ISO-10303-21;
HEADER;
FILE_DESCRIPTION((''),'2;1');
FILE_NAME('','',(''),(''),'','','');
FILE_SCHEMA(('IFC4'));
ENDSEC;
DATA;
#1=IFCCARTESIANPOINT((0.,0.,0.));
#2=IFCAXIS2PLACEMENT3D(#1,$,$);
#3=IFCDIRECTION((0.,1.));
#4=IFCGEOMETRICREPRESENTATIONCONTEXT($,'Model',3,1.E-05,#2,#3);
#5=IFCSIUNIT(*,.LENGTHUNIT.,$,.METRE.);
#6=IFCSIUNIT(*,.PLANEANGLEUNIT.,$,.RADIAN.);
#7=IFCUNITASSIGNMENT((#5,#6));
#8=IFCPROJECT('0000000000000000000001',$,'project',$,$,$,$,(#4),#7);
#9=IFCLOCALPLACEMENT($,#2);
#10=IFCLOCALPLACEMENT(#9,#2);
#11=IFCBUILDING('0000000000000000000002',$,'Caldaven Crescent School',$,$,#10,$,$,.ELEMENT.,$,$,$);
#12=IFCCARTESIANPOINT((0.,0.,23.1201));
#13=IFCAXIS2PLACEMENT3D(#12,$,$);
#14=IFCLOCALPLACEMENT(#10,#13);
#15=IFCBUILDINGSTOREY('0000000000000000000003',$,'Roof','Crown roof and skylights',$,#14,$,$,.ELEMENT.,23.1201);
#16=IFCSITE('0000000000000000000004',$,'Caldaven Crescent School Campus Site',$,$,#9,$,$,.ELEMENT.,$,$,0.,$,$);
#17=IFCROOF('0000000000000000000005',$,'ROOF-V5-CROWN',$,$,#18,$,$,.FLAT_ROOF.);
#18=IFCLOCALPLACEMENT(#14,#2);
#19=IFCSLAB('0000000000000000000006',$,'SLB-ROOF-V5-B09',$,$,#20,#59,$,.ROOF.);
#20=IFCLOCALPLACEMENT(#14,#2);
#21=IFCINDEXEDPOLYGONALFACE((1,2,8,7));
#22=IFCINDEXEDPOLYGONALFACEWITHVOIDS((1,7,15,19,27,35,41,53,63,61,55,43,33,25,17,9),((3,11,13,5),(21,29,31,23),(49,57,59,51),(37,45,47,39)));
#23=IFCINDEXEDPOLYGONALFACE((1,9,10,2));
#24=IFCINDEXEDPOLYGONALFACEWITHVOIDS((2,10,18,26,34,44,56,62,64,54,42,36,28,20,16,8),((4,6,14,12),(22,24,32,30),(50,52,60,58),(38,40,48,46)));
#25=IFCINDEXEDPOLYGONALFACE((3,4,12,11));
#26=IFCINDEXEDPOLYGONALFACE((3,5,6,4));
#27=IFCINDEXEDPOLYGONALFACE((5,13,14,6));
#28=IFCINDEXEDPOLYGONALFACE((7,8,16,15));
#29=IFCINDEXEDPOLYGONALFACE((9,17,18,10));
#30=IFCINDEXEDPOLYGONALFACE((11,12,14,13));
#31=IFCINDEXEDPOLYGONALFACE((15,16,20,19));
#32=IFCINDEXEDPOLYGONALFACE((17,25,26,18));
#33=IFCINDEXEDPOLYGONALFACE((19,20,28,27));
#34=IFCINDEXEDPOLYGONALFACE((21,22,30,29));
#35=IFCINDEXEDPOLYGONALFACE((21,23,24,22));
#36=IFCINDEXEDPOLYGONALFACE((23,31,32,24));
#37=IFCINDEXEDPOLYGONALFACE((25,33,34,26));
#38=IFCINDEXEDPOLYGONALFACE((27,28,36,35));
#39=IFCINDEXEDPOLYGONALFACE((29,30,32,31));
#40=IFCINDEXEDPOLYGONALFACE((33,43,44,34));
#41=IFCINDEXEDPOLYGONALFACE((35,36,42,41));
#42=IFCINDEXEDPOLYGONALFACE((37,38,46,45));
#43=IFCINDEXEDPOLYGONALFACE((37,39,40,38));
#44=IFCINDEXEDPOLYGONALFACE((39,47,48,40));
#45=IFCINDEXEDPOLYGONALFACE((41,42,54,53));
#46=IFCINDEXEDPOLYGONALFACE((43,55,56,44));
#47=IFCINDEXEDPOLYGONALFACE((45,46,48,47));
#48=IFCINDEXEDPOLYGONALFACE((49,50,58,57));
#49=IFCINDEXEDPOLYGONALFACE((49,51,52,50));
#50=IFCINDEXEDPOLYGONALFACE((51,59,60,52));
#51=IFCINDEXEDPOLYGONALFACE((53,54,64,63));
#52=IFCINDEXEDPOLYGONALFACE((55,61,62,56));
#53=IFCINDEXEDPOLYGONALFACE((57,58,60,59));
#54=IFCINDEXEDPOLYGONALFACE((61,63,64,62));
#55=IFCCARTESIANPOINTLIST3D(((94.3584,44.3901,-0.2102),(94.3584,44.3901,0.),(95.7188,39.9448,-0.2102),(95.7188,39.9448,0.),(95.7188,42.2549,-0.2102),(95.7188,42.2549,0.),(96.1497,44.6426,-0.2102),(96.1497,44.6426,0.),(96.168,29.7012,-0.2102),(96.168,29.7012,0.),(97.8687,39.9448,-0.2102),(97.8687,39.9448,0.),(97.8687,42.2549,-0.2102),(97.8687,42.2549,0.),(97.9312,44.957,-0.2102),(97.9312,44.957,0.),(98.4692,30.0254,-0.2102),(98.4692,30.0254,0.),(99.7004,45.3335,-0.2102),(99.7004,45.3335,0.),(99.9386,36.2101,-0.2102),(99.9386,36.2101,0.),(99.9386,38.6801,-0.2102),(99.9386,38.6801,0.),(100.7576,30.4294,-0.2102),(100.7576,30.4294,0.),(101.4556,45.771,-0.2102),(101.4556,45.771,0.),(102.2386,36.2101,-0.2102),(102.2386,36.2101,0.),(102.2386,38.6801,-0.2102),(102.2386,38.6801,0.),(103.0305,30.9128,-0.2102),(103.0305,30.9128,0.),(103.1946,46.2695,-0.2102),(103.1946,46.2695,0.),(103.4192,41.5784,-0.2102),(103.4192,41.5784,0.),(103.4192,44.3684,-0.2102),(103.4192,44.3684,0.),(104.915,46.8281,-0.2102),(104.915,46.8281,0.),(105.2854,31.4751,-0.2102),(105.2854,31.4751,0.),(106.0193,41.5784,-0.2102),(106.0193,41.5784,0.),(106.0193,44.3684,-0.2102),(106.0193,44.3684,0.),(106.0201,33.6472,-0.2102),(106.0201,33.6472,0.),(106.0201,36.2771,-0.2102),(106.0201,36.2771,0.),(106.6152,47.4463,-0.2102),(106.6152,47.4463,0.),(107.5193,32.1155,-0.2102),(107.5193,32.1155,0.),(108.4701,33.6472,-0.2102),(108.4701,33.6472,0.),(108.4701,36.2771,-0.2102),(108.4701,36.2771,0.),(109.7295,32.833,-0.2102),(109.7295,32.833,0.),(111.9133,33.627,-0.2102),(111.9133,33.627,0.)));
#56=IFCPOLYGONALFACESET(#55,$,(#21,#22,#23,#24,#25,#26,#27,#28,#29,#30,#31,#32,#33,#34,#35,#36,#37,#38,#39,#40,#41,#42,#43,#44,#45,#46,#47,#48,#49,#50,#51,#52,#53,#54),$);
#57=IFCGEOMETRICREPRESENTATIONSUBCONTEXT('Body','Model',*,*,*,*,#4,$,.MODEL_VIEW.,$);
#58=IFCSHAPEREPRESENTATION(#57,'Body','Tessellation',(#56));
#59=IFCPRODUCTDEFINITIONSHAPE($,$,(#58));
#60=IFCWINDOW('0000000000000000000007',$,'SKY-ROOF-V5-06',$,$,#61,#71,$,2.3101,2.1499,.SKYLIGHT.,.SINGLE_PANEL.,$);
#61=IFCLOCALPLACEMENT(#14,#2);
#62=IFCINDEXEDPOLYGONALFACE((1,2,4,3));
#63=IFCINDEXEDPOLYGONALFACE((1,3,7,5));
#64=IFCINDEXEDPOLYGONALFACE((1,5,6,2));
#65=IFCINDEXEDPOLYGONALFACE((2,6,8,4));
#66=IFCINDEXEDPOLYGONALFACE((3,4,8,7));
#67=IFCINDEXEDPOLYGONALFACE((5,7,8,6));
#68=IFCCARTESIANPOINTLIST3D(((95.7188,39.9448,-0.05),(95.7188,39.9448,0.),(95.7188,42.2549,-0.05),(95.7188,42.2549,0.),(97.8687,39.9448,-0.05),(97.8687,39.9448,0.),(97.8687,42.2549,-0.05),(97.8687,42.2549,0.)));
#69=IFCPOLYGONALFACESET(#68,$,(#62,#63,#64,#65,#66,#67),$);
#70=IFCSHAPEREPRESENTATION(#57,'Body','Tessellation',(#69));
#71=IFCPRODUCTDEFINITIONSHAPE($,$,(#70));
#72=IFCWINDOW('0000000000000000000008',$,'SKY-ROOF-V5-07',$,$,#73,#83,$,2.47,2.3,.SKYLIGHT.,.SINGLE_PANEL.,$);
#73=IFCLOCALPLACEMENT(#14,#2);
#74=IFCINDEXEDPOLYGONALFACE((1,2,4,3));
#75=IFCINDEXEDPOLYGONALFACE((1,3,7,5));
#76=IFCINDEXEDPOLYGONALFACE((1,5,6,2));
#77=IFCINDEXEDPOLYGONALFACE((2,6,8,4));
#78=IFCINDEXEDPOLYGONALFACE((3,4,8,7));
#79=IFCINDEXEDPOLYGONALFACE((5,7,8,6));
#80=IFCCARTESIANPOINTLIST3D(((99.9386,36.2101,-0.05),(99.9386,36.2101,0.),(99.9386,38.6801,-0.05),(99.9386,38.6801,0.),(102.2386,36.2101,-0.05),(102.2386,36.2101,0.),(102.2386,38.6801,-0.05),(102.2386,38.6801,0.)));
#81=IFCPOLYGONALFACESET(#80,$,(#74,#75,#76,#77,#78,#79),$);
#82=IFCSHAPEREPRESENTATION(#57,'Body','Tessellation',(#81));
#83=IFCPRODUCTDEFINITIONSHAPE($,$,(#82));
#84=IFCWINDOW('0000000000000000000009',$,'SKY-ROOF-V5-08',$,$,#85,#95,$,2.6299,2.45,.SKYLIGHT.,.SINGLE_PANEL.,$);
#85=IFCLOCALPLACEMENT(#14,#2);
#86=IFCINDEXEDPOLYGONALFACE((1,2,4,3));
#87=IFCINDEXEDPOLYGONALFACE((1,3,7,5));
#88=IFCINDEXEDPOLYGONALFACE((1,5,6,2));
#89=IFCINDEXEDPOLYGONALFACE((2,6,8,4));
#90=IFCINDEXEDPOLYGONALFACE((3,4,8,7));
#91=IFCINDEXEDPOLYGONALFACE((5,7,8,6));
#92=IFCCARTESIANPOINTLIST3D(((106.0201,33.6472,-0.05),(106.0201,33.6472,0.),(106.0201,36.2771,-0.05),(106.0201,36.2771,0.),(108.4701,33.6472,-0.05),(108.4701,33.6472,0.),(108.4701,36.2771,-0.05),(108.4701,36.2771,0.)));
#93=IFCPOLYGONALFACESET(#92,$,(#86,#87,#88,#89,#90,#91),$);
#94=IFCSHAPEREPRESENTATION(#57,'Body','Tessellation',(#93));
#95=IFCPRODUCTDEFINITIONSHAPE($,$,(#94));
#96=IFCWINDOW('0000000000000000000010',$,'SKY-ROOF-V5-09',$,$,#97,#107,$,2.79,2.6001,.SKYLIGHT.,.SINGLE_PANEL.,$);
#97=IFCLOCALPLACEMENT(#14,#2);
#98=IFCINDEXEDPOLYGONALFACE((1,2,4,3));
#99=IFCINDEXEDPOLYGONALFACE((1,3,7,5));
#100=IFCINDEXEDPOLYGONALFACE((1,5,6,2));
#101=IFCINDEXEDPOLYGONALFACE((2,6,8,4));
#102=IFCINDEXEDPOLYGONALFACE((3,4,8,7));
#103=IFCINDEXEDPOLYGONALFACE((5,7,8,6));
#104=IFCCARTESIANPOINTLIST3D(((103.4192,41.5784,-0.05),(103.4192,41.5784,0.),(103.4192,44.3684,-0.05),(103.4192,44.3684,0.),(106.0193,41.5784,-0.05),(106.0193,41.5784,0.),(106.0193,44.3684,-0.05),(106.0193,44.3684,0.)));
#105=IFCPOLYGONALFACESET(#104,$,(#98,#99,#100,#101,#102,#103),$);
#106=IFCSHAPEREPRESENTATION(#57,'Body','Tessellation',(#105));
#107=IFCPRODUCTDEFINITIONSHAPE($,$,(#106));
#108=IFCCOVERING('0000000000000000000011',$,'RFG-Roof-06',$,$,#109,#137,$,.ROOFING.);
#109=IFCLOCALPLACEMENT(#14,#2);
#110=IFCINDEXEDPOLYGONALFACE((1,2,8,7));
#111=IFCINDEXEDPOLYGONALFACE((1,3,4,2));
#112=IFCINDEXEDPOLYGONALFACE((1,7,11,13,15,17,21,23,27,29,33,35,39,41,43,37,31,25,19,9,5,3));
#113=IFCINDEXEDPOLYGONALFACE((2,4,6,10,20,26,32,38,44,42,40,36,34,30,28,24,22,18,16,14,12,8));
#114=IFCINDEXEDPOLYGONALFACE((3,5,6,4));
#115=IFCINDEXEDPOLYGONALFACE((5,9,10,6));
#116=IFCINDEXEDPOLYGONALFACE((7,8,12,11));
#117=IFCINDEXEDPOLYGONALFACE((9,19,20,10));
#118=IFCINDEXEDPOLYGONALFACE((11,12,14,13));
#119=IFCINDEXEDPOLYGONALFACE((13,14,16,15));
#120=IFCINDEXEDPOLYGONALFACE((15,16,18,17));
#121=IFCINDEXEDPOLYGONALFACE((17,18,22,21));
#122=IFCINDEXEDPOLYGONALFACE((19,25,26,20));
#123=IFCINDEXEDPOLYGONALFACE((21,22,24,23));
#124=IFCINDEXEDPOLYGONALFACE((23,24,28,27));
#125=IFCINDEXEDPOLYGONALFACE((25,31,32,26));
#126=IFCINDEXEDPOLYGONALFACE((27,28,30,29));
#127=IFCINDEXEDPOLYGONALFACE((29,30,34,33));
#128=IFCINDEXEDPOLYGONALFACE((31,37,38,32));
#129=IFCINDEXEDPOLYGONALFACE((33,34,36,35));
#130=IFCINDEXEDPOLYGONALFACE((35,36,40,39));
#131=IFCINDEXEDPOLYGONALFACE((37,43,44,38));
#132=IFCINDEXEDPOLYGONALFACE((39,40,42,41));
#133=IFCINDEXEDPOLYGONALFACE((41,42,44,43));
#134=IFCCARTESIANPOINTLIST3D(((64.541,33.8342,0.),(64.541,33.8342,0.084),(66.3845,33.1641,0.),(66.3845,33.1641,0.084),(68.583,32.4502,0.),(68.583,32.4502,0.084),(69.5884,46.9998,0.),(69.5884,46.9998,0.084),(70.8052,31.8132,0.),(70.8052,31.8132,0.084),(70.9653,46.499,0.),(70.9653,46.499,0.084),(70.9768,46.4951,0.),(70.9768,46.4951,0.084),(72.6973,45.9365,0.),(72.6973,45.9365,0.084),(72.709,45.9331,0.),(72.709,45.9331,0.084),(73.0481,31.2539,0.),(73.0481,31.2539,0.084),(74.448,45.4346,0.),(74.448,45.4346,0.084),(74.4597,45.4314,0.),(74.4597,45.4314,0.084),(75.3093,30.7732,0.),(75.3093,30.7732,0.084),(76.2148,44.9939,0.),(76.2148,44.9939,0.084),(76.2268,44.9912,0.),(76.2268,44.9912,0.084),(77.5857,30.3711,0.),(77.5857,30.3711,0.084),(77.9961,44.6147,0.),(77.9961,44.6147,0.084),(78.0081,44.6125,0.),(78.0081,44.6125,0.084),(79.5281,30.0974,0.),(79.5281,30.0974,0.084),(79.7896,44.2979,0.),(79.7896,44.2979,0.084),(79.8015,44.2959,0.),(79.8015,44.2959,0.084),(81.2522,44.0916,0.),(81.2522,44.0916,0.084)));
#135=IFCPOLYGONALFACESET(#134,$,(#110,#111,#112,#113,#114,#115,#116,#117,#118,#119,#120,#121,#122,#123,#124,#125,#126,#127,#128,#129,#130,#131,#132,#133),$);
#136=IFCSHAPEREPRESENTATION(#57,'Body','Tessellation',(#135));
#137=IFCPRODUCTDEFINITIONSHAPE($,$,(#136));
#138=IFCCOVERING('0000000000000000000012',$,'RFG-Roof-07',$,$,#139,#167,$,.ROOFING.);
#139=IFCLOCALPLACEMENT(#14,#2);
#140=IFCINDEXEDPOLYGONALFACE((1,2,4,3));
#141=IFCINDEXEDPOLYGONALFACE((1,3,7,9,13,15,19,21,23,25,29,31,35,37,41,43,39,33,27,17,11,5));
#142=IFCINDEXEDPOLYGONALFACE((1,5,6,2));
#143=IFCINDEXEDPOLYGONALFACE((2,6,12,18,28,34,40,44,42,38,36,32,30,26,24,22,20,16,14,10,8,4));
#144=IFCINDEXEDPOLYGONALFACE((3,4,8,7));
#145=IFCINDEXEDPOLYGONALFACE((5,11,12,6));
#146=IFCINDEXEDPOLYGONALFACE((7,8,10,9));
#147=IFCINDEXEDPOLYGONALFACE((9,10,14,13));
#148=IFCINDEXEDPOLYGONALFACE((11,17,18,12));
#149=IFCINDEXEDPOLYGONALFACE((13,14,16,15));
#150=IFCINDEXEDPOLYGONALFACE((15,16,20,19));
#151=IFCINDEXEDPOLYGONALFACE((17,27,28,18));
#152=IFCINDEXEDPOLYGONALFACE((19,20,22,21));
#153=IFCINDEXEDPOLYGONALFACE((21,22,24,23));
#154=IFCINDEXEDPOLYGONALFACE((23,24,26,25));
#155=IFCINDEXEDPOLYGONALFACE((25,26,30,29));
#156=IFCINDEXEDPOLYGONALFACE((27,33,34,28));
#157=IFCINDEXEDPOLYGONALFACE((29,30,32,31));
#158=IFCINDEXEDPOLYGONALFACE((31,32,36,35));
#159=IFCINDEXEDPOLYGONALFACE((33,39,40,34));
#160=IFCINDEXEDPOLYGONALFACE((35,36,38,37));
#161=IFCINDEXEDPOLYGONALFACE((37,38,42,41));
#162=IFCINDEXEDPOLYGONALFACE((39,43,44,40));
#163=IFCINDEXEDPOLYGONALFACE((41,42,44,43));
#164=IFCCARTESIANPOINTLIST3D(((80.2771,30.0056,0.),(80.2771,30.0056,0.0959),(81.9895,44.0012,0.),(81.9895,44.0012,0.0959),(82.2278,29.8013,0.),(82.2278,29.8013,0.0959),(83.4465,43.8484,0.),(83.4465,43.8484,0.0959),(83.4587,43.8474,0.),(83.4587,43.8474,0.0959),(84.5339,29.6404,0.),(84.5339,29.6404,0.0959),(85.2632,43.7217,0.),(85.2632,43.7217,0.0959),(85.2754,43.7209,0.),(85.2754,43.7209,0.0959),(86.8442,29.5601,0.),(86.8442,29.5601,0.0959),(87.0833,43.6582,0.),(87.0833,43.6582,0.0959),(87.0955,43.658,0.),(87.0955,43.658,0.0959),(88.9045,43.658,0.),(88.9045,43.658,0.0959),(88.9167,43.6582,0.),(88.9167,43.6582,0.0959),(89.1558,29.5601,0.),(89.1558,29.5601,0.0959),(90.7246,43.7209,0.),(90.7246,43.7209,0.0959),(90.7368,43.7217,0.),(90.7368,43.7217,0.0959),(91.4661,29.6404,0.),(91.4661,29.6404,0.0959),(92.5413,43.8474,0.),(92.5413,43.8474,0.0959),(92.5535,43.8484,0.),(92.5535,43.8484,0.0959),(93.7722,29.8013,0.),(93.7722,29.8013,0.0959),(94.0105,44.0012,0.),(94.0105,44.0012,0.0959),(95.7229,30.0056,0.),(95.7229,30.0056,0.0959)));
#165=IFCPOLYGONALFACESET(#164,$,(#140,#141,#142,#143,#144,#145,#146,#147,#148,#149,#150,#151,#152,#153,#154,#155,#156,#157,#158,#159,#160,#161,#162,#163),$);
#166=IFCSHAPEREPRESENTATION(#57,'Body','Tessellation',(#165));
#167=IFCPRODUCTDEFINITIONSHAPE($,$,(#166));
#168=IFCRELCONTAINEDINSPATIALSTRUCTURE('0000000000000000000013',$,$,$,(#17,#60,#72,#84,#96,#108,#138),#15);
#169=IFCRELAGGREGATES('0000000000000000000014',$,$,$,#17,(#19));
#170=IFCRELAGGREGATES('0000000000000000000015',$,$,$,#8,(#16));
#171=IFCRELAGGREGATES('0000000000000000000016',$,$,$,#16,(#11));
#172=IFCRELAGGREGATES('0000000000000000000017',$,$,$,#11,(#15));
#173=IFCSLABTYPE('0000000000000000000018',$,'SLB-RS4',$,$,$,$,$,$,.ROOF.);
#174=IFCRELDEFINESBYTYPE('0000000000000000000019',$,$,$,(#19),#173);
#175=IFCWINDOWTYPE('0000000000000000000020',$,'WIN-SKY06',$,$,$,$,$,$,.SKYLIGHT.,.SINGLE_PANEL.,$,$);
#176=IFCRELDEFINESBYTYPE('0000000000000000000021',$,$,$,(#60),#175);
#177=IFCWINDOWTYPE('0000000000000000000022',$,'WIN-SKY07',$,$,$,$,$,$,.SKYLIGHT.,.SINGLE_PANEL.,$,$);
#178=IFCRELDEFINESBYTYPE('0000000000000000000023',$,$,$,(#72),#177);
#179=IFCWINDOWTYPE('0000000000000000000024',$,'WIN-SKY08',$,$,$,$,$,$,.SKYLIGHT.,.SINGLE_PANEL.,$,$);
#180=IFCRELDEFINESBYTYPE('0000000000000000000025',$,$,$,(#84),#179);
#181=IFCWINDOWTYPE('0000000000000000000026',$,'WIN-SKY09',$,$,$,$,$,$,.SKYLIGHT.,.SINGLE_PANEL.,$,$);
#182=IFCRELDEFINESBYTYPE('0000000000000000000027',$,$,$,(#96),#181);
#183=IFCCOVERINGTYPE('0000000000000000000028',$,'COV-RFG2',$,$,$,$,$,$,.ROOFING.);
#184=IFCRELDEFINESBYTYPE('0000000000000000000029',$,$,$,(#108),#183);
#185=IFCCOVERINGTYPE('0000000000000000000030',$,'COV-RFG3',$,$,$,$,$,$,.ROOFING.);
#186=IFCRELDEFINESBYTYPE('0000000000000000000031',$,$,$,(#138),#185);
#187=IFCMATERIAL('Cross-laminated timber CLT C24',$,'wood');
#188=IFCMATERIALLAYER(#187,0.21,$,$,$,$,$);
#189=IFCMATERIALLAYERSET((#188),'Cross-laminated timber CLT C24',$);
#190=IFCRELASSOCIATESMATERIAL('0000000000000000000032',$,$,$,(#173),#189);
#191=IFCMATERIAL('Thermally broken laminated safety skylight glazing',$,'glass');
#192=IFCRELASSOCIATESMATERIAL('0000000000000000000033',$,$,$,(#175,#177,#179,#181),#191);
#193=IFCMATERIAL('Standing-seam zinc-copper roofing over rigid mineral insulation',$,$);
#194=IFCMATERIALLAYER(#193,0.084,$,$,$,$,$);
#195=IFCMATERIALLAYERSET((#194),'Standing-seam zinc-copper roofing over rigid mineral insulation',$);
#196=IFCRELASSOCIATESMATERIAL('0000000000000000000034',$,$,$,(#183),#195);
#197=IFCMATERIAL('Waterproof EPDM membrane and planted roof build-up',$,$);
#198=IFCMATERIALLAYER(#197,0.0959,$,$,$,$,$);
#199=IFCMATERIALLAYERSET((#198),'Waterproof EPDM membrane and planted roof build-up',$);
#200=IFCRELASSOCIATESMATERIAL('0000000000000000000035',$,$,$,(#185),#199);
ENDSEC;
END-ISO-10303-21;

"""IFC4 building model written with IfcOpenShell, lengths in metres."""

from ifc_helpers import new_model, si_unit, direction, frame, origin, origin_2d, place, context, subcontext, project, spatial, polyline, rectangle, outline, extrude, material, layer, layer_set, type_object, element, fill, aggregate, save


model = new_model("IFC4")

# Units and contexts
model_context = context("Model", 3, precision=1e-05, world=origin(), true_north=direction((0.0, 1.0)))
body_context = subcontext(model_context, "Body", "Model", "MODEL_VIEW")
ifc_project = project(units=[si_unit("LENGTHUNIT", "METRE"), si_unit("PLANEANGLEUNIT", "RADIAN")], contexts=[model_context])

# Site, building, storey
site_placement = place(None, origin())
site = spatial("IfcSite", under=ifc_project, at=site_placement, Name="Caldaven Crescent School Campus Site", CompositionType="ELEMENT", RefElevation=0.0)
building_placement = place(site_placement, origin())
building = spatial("IfcBuilding", under=site, at=building_placement, Name="Caldaven Crescent School", CompositionType="ELEMENT")
storey_placement = place(building_placement, frame((0.0, 0.0, 23.1201)))
storey = spatial("IfcBuildingStorey", under=building, at=storey_placement, Name="Roof", Description="Crown roof and skylights", CompositionType="ELEMENT", Elevation=23.1201)

# Roof, slab, openings, windows
roof_placement = place(storey_placement, origin())
roof = element("IfcRoof", 1, at=roof_placement, inside=storey, Name="ROOF-V5-CROWN", PredefinedType="FLAT_ROOF")
ifc_material_1 = material(Name="Cross-laminated timber CLT C24", Category="wood")
ifc_layer_1 = layer(ifc_material_1, 0.21)
ifc_layer_set_1 = layer_set([ifc_layer_1], Name="Cross-laminated timber CLT C24")
slab_type = type_object("IfcSlabType", Name="SLB-RS4", PredefinedType="ROOF", material=ifc_layer_set_1)
ifc_material_2 = material(Name="Thermally broken laminated safety skylight glazing", Category="glass")
slab_1_placement = place(storey_placement, frame((0.0, 0.0, -0.2102)))
slab_1 = element("IfcSlab", 2, at=slab_1_placement, type_object=slab_type, Name="SLB-ROOF-V5-B09", PredefinedType="ROOF", context=body_context, shape_type="SweptSolid", body=[
    extrude(outline(polyline([(96.168, 29.7012), (98.4692, 30.0254), (100.7576, 30.4294), (103.0305, 30.9128), (105.2854, 31.4751), (107.5193, 32.1155), (109.7295, 32.833), (111.9133, 33.627), (106.6152, 47.4463), (104.915, 46.8281), (103.1946, 46.2695), (101.4556, 45.771), (99.7004, 45.3335), (97.9312, 44.957), (96.1497, 44.6426), (94.3584, 44.3901), (96.168, 29.7012)])), origin(), (0.0, 0.0, 1.0), 0.2102),
])
opening_1_placement = place(slab_1_placement, frame((96.7937, 41.0999, -0.01)))
opening_1 = element("IfcOpeningElement", 3, at=opening_1_placement, cuts=slab_1, PredefinedType="OPENING", context=body_context, shape_type="SweptSolid", body=[
    extrude(rectangle(XDim=2.1499, YDim=2.3101, at=origin_2d()), origin(), (0.0, 0.0, 1.0), 0.2302),
])
opening_2_placement = place(slab_1_placement, frame((101.0886, 37.4451, -0.01)))
opening_2 = element("IfcOpeningElement", 4, at=opening_2_placement, cuts=slab_1, PredefinedType="OPENING", context=body_context, shape_type="SweptSolid", body=[
    extrude(rectangle(XDim=2.3, YDim=2.47, at=origin_2d()), origin(), (0.0, 0.0, 1.0), 0.2302),
])
opening_3_placement = place(slab_1_placement, frame((107.2451, 34.9622, -0.01)))
opening_3 = element("IfcOpeningElement", 5, at=opening_3_placement, cuts=slab_1, PredefinedType="OPENING", context=body_context, shape_type="SweptSolid", body=[
    extrude(rectangle(XDim=2.45, YDim=2.6299, at=origin_2d()), origin(), (0.0, 0.0, 1.0), 0.2302),
])
opening_4_placement = place(slab_1_placement, frame((104.7192, 42.9734, -0.01)))
opening_4 = element("IfcOpeningElement", 6, at=opening_4_placement, cuts=slab_1, PredefinedType="OPENING", context=body_context, shape_type="SweptSolid", body=[
    extrude(rectangle(XDim=2.6001, YDim=2.79, at=origin_2d()), origin(), (0.0, 0.0, 1.0), 0.2302),
])
window_type_1 = type_object("IfcWindowType", Name="WIN-SKY06", PartitioningType="SINGLE_PANEL", PredefinedType="SKYLIGHT", material=ifc_material_2)
window_1_placement = place(opening_1_placement, frame((0.0, 0.0, 0.1702)))
window_1 = element("IfcWindow", 7, at=window_1_placement, inside=storey, type_object=window_type_1, Name="SKY-ROOF-V5-06", OverallHeight=2.3101, OverallWidth=2.1499, PartitioningType="SINGLE_PANEL", PredefinedType="SKYLIGHT", context=body_context, shape_type="SweptSolid", body=[
    extrude(rectangle(XDim=2.1499, YDim=2.3101, at=origin_2d()), origin(), (0.0, 0.0, 1.0), 0.05),
])
fill(opening_1, window_1)
window_type_2 = type_object("IfcWindowType", Name="WIN-SKY07", PartitioningType="SINGLE_PANEL", PredefinedType="SKYLIGHT", material=ifc_material_2)
window_2_placement = place(opening_2_placement, frame((0.0, 0.0, 0.1702)))
window_2 = element("IfcWindow", 8, at=window_2_placement, inside=storey, type_object=window_type_2, Name="SKY-ROOF-V5-07", OverallHeight=2.47, OverallWidth=2.3, PartitioningType="SINGLE_PANEL", PredefinedType="SKYLIGHT", context=body_context, shape_type="SweptSolid", body=[
    extrude(rectangle(XDim=2.3, YDim=2.47, at=origin_2d()), origin(), (0.0, 0.0, 1.0), 0.05),
])
fill(opening_2, window_2)
window_type_3 = type_object("IfcWindowType", Name="WIN-SKY08", PartitioningType="SINGLE_PANEL", PredefinedType="SKYLIGHT", material=ifc_material_2)
window_3_placement = place(opening_3_placement, frame((0.0, 0.0, 0.1702)))
window_3 = element("IfcWindow", 9, at=window_3_placement, inside=storey, type_object=window_type_3, Name="SKY-ROOF-V5-08", OverallHeight=2.6299, OverallWidth=2.45, PartitioningType="SINGLE_PANEL", PredefinedType="SKYLIGHT", context=body_context, shape_type="SweptSolid", body=[
    extrude(rectangle(XDim=2.45, YDim=2.6299, at=origin_2d()), origin(), (0.0, 0.0, 1.0), 0.05),
])
fill(opening_3, window_3)
window_type_4 = type_object("IfcWindowType", Name="WIN-SKY09", PartitioningType="SINGLE_PANEL", PredefinedType="SKYLIGHT", material=ifc_material_2)
window_4_placement = place(opening_4_placement, frame((0.0, 0.0, 0.1702)))
window_4 = element("IfcWindow", 10, at=window_4_placement, inside=storey, type_object=window_type_4, Name="SKY-ROOF-V5-09", OverallHeight=2.79, OverallWidth=2.6001, PartitioningType="SINGLE_PANEL", PredefinedType="SKYLIGHT", context=body_context, shape_type="SweptSolid", body=[
    extrude(rectangle(XDim=2.6001, YDim=2.79, at=origin_2d()), origin(), (0.0, 0.0, 1.0), 0.05),
])
fill(opening_4, window_4)
aggregate(roof, [slab_1])

# Coverings
ifc_material_3 = material(Name="Standing-seam zinc-copper roofing over rigid mineral insulation")
ifc_layer_2 = layer(ifc_material_3, 0.084)
ifc_layer_set_2 = layer_set([ifc_layer_2], Name="Standing-seam zinc-copper roofing over rigid mineral insulation")
covering_type_1 = type_object("IfcCoveringType", Name="COV-RFG2", PredefinedType="ROOFING", material=ifc_layer_set_2)
covering_1_placement = place(storey_placement, origin())
element("IfcCovering", 11, at=covering_1_placement, inside=storey, type_object=covering_type_1, Name="RFG-Roof-06", PredefinedType="ROOFING", context=body_context, shape_type="SweptSolid", body=[
    extrude(outline(polyline([(64.541, 33.8342), (69.5884, 46.9998), (70.9653, 46.499), (70.9768, 46.4951), (72.6973, 45.9365), (72.709, 45.9331), (74.448, 45.4346), (74.4597, 45.4314), (76.2148, 44.9939), (76.2268, 44.9912), (77.9961, 44.6147), (78.0081, 44.6125), (79.7896, 44.2979), (79.8015, 44.2959), (81.2522, 44.0916), (79.5281, 30.0974), (77.5857, 30.3711), (75.3093, 30.7732), (73.0481, 31.2539), (70.8052, 31.8132), (68.583, 32.4502), (66.3845, 33.1641), (64.541, 33.8342)])), origin(), (0.0, 0.0, 1.0), 0.084),
])
ifc_material_4 = material(Name="Waterproof EPDM membrane and planted roof build-up")
ifc_layer_3 = layer(ifc_material_4, 0.0959)
ifc_layer_set_3 = layer_set([ifc_layer_3], Name="Waterproof EPDM membrane and planted roof build-up")
covering_type_2 = type_object("IfcCoveringType", Name="COV-RFG3", PredefinedType="ROOFING", material=ifc_layer_set_3)
covering_2_placement = place(storey_placement, origin())
element("IfcCovering", 12, at=covering_2_placement, inside=storey, type_object=covering_type_2, Name="RFG-Roof-07", PredefinedType="ROOFING", context=body_context, shape_type="SweptSolid", body=[
    extrude(outline(polyline([(80.2771, 30.0056), (81.9895, 44.0012), (83.4465, 43.8484), (83.4587, 43.8474), (85.2632, 43.7217), (85.2754, 43.7209), (87.0833, 43.6582), (87.0955, 43.658), (88.9045, 43.658), (88.9167, 43.6582), (90.7246, 43.7209), (90.7368, 43.7217), (92.5413, 43.8474), (92.5535, 43.8484), (94.0105, 44.0012), (95.7229, 30.0056), (93.7722, 29.8013), (91.4661, 29.6404), (89.1558, 29.5601), (86.8442, 29.5601), (84.5339, 29.6404), (82.2278, 29.8013), (80.2771, 30.0056)])), origin(), (0.0, 0.0, 1.0), 0.0959),
])

save(model, "model.ifc")
